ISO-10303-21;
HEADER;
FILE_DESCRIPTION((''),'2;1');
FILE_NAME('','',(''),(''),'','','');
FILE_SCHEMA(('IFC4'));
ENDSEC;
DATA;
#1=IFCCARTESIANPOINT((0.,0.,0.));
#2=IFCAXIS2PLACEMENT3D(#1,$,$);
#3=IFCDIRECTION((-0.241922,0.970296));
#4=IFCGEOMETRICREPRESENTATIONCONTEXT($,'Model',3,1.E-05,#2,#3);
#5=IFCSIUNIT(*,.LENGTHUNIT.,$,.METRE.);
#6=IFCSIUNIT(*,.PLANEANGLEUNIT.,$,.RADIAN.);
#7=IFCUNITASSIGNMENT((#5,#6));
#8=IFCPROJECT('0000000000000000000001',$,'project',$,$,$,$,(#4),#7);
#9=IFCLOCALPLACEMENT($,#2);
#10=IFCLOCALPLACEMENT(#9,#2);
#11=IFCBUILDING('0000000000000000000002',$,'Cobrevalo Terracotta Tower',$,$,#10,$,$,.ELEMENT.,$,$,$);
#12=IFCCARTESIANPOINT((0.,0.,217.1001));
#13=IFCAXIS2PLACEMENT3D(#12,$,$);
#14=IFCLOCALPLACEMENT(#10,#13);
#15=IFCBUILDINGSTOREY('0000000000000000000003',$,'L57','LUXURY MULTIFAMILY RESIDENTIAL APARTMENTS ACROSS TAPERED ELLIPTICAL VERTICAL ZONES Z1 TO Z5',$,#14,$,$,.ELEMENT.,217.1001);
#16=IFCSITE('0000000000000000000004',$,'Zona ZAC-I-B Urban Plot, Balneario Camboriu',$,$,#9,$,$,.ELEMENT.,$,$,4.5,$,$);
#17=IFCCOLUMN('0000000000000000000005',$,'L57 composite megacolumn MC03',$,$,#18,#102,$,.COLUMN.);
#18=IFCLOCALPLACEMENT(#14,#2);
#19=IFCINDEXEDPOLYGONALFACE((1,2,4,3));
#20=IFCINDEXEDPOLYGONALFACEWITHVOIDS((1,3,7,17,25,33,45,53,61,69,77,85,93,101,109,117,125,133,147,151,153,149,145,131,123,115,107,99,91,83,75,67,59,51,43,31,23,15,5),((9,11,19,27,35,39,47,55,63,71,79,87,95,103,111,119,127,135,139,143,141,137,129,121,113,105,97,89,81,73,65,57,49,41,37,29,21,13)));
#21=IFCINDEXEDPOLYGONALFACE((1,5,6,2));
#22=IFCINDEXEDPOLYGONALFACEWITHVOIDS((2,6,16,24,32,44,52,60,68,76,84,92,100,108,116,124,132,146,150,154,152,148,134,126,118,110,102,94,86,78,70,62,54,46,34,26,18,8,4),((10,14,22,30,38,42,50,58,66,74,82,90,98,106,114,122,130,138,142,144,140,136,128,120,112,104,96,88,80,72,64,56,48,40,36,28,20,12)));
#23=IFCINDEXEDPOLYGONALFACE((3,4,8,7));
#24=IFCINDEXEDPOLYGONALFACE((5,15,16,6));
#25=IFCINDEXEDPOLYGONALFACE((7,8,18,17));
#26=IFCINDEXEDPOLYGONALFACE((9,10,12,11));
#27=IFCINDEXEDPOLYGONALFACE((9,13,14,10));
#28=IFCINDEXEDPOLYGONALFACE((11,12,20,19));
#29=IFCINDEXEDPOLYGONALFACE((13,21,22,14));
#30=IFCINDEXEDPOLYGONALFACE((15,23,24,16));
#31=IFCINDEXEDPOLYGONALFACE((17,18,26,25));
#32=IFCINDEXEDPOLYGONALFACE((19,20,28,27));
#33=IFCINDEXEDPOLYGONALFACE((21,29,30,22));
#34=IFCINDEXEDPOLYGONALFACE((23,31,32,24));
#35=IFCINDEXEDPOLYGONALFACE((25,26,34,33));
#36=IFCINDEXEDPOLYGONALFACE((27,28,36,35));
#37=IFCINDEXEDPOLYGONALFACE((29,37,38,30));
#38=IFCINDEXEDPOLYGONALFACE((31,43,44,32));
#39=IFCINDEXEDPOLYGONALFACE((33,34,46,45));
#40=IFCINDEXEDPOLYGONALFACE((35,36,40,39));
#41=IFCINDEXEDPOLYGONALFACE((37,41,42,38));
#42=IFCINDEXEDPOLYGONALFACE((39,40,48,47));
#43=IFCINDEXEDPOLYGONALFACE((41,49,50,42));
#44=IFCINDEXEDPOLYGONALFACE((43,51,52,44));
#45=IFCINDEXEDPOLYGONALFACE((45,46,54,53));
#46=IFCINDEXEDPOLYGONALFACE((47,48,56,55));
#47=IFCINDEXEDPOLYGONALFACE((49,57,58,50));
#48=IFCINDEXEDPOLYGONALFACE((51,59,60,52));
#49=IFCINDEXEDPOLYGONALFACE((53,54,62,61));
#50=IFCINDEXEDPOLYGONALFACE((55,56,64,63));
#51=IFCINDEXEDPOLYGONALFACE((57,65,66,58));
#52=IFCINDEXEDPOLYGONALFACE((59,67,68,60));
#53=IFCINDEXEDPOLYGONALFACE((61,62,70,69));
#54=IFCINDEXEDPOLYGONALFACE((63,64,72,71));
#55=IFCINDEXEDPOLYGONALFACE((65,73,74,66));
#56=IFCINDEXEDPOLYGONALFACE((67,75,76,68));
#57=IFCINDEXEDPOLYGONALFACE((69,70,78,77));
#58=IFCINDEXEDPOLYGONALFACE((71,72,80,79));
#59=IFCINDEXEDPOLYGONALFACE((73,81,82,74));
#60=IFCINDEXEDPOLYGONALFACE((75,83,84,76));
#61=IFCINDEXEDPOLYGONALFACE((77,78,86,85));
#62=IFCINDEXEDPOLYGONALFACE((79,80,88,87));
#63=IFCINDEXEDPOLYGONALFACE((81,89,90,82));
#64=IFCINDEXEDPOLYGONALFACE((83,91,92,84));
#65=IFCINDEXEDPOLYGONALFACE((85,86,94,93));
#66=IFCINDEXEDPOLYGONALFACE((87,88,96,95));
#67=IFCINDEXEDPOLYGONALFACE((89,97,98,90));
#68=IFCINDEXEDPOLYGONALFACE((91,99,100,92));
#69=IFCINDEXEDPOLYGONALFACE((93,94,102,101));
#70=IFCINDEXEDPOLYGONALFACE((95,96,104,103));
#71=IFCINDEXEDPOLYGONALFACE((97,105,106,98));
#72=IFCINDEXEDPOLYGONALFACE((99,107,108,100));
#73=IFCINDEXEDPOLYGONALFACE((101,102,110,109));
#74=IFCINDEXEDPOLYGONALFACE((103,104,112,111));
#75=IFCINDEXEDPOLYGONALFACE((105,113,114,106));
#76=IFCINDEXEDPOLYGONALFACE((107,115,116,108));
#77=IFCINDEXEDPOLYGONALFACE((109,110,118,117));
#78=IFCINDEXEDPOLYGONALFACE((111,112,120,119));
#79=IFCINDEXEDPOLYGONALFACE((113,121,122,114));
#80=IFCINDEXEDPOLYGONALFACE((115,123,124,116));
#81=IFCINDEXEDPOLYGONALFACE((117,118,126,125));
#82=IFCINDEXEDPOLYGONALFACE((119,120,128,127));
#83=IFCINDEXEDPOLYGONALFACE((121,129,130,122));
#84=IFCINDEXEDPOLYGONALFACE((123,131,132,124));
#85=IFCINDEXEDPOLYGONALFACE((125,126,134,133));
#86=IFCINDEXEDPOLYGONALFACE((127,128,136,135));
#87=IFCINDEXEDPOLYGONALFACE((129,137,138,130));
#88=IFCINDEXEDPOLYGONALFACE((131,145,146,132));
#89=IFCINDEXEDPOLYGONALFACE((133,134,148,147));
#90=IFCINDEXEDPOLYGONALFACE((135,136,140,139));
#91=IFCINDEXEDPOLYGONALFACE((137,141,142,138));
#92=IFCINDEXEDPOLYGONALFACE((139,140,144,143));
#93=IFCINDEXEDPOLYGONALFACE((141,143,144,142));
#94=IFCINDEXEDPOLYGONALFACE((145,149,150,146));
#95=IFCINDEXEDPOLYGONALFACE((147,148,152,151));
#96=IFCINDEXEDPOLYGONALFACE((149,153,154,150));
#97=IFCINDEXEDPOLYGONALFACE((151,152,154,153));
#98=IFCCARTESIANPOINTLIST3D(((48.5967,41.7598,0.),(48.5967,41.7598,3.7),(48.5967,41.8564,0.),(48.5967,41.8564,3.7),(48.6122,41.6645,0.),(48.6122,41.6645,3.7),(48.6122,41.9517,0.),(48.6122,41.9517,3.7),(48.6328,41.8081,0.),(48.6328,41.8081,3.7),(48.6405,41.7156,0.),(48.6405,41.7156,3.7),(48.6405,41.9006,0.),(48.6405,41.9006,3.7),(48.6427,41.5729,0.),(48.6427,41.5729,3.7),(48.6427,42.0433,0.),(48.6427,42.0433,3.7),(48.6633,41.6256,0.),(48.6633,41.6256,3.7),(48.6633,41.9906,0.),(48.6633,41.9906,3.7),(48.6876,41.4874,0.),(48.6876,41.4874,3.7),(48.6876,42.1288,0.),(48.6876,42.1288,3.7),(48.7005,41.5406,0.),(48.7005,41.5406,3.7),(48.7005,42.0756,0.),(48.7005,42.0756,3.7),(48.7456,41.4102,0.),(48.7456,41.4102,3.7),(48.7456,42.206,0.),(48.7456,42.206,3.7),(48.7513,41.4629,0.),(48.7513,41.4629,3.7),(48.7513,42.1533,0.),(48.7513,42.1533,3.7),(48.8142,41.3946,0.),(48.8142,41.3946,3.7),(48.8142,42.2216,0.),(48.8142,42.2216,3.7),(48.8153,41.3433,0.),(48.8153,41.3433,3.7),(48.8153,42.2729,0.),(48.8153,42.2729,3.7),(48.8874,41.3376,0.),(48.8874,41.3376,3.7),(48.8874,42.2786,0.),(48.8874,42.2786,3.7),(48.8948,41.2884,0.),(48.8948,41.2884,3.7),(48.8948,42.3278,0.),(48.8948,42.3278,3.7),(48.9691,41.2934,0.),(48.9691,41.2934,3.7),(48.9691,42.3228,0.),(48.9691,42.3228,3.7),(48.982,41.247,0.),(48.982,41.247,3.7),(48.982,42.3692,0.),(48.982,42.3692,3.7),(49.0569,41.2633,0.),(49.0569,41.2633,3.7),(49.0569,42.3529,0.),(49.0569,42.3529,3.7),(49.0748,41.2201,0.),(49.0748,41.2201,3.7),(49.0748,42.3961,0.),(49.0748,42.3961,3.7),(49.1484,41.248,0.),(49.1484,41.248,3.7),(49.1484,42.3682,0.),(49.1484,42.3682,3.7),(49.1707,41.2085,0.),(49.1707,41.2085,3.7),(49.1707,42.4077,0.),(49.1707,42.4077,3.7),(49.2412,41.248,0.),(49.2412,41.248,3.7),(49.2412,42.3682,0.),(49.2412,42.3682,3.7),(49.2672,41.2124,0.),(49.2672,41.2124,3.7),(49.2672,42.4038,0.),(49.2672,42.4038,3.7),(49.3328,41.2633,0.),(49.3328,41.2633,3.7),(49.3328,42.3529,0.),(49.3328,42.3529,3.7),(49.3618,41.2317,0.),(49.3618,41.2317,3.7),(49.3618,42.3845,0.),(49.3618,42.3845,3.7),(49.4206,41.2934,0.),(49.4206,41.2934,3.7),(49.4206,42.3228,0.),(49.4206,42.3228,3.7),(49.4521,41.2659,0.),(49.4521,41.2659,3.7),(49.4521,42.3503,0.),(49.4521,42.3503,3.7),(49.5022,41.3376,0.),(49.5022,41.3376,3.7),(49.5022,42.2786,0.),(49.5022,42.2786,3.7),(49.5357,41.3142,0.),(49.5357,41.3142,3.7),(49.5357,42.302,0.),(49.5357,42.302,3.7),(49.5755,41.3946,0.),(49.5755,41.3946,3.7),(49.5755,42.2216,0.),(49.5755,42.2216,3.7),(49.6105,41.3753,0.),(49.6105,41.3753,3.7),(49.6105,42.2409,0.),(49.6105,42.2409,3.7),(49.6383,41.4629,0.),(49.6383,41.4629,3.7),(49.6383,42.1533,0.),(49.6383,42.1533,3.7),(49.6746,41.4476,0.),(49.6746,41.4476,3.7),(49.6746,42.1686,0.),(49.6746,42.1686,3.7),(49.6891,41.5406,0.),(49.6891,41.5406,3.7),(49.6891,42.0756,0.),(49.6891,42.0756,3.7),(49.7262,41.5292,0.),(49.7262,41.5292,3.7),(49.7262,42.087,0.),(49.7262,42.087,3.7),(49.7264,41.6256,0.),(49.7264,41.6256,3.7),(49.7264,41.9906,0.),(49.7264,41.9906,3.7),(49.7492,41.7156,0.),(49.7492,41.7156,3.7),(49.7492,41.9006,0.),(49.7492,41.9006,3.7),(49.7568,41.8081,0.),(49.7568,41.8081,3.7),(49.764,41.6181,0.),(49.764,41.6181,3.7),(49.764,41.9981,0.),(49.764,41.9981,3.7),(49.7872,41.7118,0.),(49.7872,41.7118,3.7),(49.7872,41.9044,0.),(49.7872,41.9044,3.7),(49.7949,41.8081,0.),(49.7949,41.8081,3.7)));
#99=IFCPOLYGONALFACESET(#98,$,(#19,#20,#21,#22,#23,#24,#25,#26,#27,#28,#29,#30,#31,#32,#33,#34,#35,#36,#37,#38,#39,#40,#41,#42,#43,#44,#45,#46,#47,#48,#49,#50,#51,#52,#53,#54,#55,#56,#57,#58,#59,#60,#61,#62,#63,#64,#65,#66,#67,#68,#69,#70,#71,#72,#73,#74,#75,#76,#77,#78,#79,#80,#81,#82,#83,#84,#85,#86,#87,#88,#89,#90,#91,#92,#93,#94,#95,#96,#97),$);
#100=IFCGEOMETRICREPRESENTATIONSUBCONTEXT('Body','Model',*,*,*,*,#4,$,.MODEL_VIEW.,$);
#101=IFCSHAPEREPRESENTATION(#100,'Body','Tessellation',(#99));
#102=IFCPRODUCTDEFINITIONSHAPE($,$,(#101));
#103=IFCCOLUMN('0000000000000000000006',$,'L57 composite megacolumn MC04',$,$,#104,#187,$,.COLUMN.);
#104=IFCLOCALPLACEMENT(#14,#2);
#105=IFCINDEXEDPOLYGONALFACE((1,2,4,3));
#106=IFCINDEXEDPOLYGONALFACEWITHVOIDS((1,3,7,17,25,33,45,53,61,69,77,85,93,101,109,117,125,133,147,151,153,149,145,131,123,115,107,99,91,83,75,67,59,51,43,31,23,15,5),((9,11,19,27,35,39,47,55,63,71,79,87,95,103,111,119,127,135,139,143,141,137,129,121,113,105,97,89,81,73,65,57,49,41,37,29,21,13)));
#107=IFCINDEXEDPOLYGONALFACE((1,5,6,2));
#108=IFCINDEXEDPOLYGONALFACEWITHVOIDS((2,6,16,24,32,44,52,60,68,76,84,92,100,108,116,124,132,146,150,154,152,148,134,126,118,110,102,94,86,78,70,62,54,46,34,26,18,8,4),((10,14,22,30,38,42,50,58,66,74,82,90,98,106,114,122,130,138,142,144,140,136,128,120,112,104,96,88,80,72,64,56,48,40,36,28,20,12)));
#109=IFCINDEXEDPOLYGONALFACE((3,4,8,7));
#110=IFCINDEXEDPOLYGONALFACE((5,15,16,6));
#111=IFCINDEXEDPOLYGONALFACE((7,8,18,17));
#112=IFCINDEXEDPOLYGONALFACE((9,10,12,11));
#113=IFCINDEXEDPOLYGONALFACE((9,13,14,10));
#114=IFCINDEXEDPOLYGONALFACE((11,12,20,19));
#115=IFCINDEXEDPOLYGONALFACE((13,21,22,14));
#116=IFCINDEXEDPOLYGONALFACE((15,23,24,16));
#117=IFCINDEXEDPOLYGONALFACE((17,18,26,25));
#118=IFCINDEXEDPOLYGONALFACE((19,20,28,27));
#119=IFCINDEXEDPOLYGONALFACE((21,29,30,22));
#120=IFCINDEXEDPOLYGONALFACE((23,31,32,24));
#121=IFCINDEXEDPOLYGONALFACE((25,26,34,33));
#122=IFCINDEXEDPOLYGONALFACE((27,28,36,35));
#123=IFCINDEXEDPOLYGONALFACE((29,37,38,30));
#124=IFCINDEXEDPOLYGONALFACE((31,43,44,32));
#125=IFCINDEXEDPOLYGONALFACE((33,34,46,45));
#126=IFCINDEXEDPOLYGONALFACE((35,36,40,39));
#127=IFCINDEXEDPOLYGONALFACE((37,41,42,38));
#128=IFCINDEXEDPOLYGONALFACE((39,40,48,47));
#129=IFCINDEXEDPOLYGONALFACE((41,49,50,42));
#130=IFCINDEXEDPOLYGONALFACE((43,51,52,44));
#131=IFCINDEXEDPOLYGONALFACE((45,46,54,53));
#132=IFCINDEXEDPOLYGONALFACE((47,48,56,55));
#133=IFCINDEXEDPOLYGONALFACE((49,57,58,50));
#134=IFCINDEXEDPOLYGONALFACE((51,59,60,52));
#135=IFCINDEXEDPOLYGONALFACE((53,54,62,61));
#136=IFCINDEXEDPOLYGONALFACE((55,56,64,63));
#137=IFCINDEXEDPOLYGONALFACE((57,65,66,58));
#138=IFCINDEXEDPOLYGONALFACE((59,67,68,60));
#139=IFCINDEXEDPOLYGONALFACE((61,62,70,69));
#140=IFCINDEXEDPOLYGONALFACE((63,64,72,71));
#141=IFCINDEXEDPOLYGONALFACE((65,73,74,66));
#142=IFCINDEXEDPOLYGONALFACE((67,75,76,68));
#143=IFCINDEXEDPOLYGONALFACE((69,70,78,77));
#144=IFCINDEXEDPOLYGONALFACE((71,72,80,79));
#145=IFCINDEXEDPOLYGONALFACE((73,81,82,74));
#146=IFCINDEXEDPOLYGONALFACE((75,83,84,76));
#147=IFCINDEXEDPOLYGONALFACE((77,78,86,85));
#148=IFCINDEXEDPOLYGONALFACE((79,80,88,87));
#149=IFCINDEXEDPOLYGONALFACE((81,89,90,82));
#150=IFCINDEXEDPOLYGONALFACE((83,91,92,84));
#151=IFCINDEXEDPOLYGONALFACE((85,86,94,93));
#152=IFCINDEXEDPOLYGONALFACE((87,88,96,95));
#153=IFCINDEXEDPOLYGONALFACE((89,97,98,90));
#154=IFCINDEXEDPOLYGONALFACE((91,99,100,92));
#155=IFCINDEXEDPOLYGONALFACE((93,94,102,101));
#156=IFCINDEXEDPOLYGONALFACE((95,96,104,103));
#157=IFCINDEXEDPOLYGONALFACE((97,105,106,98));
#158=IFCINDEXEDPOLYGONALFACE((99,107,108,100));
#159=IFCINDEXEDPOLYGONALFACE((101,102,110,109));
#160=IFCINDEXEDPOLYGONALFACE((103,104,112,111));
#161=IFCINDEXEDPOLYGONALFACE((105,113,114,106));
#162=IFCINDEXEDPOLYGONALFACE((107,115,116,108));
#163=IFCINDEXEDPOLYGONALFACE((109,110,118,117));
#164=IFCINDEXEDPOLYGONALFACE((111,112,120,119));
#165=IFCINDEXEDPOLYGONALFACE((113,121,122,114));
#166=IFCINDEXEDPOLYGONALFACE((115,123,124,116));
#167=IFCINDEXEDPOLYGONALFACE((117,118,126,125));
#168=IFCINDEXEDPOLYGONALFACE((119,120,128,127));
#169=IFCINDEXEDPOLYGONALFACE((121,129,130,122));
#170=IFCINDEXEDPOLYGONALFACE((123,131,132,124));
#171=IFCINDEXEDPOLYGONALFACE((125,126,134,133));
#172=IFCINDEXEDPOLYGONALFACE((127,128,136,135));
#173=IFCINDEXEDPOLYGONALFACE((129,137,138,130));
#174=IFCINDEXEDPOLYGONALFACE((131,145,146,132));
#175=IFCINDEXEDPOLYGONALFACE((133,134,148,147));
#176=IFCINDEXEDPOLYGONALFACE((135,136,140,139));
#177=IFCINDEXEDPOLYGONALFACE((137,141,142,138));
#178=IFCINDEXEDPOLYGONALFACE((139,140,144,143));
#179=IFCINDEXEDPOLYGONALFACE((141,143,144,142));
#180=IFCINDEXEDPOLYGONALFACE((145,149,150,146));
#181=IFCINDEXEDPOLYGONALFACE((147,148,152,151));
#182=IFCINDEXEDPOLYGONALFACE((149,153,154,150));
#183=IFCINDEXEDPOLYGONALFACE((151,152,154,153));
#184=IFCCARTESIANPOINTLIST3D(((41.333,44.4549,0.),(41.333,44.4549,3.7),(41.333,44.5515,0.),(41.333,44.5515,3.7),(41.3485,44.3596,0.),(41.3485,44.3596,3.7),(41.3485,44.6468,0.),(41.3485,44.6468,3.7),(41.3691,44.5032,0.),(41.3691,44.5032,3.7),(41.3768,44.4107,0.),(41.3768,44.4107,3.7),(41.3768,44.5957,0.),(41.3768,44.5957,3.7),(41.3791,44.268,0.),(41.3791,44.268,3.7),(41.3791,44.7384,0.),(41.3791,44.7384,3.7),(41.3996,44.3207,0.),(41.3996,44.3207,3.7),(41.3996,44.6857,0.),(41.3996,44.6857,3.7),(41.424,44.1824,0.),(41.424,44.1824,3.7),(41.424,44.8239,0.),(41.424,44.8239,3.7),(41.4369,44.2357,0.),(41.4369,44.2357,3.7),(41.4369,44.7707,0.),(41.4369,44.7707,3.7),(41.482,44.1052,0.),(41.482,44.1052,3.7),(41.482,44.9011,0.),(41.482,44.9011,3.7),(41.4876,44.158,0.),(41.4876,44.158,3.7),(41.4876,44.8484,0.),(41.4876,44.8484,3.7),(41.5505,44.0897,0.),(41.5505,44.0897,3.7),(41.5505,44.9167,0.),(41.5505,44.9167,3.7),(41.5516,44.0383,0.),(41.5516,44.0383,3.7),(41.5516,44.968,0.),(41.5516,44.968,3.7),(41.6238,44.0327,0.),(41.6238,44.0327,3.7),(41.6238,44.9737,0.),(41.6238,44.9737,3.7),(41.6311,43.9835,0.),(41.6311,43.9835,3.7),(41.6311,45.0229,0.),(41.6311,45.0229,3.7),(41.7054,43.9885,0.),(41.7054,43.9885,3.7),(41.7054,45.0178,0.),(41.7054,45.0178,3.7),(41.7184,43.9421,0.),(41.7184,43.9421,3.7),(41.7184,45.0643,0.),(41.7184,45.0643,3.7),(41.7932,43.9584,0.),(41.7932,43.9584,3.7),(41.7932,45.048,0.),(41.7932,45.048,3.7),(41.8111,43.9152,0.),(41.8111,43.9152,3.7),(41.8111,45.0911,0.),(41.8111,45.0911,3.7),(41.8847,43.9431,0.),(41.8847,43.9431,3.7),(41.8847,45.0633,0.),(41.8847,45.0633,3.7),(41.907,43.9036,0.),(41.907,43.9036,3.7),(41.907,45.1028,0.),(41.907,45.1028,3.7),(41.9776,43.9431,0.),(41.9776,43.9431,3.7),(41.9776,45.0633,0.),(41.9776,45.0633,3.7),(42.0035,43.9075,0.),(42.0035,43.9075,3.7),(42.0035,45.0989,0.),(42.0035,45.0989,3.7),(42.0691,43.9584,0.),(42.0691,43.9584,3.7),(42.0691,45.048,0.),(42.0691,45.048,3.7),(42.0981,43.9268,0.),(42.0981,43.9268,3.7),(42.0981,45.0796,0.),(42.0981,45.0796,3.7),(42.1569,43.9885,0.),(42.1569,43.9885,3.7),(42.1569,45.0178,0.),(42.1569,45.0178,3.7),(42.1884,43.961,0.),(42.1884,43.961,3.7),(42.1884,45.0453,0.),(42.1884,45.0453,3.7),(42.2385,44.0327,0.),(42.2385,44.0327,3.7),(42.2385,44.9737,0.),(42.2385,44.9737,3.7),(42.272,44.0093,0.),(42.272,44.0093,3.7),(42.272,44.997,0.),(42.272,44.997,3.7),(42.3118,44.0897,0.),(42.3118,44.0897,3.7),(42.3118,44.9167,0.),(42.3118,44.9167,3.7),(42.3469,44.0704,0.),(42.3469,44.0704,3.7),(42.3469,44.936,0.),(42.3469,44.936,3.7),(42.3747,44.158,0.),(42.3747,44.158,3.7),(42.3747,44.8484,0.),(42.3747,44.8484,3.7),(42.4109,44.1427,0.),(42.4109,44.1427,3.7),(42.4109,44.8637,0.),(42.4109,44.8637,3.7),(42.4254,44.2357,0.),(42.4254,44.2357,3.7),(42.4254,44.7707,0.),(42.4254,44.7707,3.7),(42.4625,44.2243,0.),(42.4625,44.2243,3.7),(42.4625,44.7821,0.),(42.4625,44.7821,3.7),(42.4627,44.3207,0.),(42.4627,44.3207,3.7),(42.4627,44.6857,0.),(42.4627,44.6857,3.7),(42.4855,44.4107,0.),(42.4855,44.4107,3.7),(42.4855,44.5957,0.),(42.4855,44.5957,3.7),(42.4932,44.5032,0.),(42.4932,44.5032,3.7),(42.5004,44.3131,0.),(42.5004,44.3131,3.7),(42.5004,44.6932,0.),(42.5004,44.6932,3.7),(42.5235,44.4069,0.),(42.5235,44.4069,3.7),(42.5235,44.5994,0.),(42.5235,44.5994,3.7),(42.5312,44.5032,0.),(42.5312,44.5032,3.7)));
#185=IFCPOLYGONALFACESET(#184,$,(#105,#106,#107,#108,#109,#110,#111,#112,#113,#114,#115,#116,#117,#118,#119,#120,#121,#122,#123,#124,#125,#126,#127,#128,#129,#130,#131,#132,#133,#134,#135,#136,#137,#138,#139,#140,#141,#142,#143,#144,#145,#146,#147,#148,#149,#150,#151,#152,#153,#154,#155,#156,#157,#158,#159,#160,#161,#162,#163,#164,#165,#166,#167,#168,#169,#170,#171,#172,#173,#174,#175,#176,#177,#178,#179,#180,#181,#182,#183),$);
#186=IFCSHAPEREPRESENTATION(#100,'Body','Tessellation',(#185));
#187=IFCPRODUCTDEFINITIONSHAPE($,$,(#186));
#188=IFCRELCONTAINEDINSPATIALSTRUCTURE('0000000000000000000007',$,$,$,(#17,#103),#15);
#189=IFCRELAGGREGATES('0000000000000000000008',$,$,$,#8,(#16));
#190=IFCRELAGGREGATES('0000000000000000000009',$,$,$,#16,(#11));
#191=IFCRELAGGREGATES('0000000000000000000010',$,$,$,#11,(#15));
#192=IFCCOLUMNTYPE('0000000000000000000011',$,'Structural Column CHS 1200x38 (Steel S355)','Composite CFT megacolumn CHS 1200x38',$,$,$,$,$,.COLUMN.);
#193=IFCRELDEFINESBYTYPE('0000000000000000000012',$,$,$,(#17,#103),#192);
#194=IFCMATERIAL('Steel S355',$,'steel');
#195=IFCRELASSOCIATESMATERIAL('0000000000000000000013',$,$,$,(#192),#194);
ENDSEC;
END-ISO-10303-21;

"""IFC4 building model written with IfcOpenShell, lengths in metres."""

from ifc_helpers import new_model, si_unit, direction, frame, origin, origin_2d, place, context, subcontext, project, spatial, hollow_circle, extrude, material, material_profile, profile_set, type_object, element, save


model = new_model("IFC4")

# Units and contexts
model_context = context("Model", 3, precision=1e-05, world=origin(), true_north=direction((-0.241922, 0.970296)))
body_context = subcontext(model_context, "Body", "Model", "MODEL_VIEW")
ifc_project = project(units=[si_unit("LENGTHUNIT", "METRE"), si_unit("PLANEANGLEUNIT", "RADIAN")], contexts=[model_context])

# Site, building, storey
site_placement = place(None, origin())
site = spatial("IfcSite", under=ifc_project, at=site_placement, Name="Zona ZAC-I-B Urban Plot, Balneario Camboriu", CompositionType="ELEMENT", RefElevation=4.5)
building_placement = place(site_placement, origin())
building = spatial("IfcBuilding", under=site, at=building_placement, Name="Cobrevalo Terracotta Tower", CompositionType="ELEMENT")
storey_placement = place(building_placement, frame((0.0, 0.0, 217.1001)))
storey = spatial("IfcBuildingStorey", under=building, at=storey_placement, Name="L57", Description="LUXURY MULTIFAMILY RESIDENTIAL APARTMENTS ACROSS TAPERED ELLIPTICAL VERTICAL ZONES Z1 TO Z5", CompositionType="ELEMENT", Elevation=217.1001)

# Columns
ifc_material_1 = material(Name="Steel S355", Category="steel")
ifc_material_profile_1 = material_profile(ifc_material_1, hollow_circle(Radius=0.6001, WallThickness=0.0381, at=origin_2d()), Name="CHS 1200x38")
ifc_profile_set_1 = profile_set([ifc_material_profile_1], Name="Steel S355")
column_type = type_object("IfcColumnType", Name="Structural Column CHS 1200x38 (Steel S355)", Description="Composite CFT megacolumn CHS 1200x38", PredefinedType="COLUMN", material=ifc_profile_set_1)
for number, where, z_axis, x_axis, name in (
    (1, (49.1948, 41.8081, 0.0), (0.0, 0.0, 1.0), (1.0, 0.0, 0.0), "L57 composite megacolumn MC03"),
    (2, (41.9312, 44.5032, 0.0), (0.0, 0.0, 1.0), (1.0, 0.0, 0.0), "L57 composite megacolumn MC04"),
):
    element("IfcColumn", number, at=place(storey_placement, frame(where, z_axis=z_axis, x_axis=x_axis)), inside=storey, type_object=column_type, Name=name, PredefinedType="COLUMN", context=body_context, shape_type="SweptSolid", body=[
        extrude(hollow_circle(Radius=0.6001, WallThickness=0.0381, at=origin_2d()), origin(), (0.0, 0.0, 1.0), 3.7),
    ])

save(model, "model.ifc")
